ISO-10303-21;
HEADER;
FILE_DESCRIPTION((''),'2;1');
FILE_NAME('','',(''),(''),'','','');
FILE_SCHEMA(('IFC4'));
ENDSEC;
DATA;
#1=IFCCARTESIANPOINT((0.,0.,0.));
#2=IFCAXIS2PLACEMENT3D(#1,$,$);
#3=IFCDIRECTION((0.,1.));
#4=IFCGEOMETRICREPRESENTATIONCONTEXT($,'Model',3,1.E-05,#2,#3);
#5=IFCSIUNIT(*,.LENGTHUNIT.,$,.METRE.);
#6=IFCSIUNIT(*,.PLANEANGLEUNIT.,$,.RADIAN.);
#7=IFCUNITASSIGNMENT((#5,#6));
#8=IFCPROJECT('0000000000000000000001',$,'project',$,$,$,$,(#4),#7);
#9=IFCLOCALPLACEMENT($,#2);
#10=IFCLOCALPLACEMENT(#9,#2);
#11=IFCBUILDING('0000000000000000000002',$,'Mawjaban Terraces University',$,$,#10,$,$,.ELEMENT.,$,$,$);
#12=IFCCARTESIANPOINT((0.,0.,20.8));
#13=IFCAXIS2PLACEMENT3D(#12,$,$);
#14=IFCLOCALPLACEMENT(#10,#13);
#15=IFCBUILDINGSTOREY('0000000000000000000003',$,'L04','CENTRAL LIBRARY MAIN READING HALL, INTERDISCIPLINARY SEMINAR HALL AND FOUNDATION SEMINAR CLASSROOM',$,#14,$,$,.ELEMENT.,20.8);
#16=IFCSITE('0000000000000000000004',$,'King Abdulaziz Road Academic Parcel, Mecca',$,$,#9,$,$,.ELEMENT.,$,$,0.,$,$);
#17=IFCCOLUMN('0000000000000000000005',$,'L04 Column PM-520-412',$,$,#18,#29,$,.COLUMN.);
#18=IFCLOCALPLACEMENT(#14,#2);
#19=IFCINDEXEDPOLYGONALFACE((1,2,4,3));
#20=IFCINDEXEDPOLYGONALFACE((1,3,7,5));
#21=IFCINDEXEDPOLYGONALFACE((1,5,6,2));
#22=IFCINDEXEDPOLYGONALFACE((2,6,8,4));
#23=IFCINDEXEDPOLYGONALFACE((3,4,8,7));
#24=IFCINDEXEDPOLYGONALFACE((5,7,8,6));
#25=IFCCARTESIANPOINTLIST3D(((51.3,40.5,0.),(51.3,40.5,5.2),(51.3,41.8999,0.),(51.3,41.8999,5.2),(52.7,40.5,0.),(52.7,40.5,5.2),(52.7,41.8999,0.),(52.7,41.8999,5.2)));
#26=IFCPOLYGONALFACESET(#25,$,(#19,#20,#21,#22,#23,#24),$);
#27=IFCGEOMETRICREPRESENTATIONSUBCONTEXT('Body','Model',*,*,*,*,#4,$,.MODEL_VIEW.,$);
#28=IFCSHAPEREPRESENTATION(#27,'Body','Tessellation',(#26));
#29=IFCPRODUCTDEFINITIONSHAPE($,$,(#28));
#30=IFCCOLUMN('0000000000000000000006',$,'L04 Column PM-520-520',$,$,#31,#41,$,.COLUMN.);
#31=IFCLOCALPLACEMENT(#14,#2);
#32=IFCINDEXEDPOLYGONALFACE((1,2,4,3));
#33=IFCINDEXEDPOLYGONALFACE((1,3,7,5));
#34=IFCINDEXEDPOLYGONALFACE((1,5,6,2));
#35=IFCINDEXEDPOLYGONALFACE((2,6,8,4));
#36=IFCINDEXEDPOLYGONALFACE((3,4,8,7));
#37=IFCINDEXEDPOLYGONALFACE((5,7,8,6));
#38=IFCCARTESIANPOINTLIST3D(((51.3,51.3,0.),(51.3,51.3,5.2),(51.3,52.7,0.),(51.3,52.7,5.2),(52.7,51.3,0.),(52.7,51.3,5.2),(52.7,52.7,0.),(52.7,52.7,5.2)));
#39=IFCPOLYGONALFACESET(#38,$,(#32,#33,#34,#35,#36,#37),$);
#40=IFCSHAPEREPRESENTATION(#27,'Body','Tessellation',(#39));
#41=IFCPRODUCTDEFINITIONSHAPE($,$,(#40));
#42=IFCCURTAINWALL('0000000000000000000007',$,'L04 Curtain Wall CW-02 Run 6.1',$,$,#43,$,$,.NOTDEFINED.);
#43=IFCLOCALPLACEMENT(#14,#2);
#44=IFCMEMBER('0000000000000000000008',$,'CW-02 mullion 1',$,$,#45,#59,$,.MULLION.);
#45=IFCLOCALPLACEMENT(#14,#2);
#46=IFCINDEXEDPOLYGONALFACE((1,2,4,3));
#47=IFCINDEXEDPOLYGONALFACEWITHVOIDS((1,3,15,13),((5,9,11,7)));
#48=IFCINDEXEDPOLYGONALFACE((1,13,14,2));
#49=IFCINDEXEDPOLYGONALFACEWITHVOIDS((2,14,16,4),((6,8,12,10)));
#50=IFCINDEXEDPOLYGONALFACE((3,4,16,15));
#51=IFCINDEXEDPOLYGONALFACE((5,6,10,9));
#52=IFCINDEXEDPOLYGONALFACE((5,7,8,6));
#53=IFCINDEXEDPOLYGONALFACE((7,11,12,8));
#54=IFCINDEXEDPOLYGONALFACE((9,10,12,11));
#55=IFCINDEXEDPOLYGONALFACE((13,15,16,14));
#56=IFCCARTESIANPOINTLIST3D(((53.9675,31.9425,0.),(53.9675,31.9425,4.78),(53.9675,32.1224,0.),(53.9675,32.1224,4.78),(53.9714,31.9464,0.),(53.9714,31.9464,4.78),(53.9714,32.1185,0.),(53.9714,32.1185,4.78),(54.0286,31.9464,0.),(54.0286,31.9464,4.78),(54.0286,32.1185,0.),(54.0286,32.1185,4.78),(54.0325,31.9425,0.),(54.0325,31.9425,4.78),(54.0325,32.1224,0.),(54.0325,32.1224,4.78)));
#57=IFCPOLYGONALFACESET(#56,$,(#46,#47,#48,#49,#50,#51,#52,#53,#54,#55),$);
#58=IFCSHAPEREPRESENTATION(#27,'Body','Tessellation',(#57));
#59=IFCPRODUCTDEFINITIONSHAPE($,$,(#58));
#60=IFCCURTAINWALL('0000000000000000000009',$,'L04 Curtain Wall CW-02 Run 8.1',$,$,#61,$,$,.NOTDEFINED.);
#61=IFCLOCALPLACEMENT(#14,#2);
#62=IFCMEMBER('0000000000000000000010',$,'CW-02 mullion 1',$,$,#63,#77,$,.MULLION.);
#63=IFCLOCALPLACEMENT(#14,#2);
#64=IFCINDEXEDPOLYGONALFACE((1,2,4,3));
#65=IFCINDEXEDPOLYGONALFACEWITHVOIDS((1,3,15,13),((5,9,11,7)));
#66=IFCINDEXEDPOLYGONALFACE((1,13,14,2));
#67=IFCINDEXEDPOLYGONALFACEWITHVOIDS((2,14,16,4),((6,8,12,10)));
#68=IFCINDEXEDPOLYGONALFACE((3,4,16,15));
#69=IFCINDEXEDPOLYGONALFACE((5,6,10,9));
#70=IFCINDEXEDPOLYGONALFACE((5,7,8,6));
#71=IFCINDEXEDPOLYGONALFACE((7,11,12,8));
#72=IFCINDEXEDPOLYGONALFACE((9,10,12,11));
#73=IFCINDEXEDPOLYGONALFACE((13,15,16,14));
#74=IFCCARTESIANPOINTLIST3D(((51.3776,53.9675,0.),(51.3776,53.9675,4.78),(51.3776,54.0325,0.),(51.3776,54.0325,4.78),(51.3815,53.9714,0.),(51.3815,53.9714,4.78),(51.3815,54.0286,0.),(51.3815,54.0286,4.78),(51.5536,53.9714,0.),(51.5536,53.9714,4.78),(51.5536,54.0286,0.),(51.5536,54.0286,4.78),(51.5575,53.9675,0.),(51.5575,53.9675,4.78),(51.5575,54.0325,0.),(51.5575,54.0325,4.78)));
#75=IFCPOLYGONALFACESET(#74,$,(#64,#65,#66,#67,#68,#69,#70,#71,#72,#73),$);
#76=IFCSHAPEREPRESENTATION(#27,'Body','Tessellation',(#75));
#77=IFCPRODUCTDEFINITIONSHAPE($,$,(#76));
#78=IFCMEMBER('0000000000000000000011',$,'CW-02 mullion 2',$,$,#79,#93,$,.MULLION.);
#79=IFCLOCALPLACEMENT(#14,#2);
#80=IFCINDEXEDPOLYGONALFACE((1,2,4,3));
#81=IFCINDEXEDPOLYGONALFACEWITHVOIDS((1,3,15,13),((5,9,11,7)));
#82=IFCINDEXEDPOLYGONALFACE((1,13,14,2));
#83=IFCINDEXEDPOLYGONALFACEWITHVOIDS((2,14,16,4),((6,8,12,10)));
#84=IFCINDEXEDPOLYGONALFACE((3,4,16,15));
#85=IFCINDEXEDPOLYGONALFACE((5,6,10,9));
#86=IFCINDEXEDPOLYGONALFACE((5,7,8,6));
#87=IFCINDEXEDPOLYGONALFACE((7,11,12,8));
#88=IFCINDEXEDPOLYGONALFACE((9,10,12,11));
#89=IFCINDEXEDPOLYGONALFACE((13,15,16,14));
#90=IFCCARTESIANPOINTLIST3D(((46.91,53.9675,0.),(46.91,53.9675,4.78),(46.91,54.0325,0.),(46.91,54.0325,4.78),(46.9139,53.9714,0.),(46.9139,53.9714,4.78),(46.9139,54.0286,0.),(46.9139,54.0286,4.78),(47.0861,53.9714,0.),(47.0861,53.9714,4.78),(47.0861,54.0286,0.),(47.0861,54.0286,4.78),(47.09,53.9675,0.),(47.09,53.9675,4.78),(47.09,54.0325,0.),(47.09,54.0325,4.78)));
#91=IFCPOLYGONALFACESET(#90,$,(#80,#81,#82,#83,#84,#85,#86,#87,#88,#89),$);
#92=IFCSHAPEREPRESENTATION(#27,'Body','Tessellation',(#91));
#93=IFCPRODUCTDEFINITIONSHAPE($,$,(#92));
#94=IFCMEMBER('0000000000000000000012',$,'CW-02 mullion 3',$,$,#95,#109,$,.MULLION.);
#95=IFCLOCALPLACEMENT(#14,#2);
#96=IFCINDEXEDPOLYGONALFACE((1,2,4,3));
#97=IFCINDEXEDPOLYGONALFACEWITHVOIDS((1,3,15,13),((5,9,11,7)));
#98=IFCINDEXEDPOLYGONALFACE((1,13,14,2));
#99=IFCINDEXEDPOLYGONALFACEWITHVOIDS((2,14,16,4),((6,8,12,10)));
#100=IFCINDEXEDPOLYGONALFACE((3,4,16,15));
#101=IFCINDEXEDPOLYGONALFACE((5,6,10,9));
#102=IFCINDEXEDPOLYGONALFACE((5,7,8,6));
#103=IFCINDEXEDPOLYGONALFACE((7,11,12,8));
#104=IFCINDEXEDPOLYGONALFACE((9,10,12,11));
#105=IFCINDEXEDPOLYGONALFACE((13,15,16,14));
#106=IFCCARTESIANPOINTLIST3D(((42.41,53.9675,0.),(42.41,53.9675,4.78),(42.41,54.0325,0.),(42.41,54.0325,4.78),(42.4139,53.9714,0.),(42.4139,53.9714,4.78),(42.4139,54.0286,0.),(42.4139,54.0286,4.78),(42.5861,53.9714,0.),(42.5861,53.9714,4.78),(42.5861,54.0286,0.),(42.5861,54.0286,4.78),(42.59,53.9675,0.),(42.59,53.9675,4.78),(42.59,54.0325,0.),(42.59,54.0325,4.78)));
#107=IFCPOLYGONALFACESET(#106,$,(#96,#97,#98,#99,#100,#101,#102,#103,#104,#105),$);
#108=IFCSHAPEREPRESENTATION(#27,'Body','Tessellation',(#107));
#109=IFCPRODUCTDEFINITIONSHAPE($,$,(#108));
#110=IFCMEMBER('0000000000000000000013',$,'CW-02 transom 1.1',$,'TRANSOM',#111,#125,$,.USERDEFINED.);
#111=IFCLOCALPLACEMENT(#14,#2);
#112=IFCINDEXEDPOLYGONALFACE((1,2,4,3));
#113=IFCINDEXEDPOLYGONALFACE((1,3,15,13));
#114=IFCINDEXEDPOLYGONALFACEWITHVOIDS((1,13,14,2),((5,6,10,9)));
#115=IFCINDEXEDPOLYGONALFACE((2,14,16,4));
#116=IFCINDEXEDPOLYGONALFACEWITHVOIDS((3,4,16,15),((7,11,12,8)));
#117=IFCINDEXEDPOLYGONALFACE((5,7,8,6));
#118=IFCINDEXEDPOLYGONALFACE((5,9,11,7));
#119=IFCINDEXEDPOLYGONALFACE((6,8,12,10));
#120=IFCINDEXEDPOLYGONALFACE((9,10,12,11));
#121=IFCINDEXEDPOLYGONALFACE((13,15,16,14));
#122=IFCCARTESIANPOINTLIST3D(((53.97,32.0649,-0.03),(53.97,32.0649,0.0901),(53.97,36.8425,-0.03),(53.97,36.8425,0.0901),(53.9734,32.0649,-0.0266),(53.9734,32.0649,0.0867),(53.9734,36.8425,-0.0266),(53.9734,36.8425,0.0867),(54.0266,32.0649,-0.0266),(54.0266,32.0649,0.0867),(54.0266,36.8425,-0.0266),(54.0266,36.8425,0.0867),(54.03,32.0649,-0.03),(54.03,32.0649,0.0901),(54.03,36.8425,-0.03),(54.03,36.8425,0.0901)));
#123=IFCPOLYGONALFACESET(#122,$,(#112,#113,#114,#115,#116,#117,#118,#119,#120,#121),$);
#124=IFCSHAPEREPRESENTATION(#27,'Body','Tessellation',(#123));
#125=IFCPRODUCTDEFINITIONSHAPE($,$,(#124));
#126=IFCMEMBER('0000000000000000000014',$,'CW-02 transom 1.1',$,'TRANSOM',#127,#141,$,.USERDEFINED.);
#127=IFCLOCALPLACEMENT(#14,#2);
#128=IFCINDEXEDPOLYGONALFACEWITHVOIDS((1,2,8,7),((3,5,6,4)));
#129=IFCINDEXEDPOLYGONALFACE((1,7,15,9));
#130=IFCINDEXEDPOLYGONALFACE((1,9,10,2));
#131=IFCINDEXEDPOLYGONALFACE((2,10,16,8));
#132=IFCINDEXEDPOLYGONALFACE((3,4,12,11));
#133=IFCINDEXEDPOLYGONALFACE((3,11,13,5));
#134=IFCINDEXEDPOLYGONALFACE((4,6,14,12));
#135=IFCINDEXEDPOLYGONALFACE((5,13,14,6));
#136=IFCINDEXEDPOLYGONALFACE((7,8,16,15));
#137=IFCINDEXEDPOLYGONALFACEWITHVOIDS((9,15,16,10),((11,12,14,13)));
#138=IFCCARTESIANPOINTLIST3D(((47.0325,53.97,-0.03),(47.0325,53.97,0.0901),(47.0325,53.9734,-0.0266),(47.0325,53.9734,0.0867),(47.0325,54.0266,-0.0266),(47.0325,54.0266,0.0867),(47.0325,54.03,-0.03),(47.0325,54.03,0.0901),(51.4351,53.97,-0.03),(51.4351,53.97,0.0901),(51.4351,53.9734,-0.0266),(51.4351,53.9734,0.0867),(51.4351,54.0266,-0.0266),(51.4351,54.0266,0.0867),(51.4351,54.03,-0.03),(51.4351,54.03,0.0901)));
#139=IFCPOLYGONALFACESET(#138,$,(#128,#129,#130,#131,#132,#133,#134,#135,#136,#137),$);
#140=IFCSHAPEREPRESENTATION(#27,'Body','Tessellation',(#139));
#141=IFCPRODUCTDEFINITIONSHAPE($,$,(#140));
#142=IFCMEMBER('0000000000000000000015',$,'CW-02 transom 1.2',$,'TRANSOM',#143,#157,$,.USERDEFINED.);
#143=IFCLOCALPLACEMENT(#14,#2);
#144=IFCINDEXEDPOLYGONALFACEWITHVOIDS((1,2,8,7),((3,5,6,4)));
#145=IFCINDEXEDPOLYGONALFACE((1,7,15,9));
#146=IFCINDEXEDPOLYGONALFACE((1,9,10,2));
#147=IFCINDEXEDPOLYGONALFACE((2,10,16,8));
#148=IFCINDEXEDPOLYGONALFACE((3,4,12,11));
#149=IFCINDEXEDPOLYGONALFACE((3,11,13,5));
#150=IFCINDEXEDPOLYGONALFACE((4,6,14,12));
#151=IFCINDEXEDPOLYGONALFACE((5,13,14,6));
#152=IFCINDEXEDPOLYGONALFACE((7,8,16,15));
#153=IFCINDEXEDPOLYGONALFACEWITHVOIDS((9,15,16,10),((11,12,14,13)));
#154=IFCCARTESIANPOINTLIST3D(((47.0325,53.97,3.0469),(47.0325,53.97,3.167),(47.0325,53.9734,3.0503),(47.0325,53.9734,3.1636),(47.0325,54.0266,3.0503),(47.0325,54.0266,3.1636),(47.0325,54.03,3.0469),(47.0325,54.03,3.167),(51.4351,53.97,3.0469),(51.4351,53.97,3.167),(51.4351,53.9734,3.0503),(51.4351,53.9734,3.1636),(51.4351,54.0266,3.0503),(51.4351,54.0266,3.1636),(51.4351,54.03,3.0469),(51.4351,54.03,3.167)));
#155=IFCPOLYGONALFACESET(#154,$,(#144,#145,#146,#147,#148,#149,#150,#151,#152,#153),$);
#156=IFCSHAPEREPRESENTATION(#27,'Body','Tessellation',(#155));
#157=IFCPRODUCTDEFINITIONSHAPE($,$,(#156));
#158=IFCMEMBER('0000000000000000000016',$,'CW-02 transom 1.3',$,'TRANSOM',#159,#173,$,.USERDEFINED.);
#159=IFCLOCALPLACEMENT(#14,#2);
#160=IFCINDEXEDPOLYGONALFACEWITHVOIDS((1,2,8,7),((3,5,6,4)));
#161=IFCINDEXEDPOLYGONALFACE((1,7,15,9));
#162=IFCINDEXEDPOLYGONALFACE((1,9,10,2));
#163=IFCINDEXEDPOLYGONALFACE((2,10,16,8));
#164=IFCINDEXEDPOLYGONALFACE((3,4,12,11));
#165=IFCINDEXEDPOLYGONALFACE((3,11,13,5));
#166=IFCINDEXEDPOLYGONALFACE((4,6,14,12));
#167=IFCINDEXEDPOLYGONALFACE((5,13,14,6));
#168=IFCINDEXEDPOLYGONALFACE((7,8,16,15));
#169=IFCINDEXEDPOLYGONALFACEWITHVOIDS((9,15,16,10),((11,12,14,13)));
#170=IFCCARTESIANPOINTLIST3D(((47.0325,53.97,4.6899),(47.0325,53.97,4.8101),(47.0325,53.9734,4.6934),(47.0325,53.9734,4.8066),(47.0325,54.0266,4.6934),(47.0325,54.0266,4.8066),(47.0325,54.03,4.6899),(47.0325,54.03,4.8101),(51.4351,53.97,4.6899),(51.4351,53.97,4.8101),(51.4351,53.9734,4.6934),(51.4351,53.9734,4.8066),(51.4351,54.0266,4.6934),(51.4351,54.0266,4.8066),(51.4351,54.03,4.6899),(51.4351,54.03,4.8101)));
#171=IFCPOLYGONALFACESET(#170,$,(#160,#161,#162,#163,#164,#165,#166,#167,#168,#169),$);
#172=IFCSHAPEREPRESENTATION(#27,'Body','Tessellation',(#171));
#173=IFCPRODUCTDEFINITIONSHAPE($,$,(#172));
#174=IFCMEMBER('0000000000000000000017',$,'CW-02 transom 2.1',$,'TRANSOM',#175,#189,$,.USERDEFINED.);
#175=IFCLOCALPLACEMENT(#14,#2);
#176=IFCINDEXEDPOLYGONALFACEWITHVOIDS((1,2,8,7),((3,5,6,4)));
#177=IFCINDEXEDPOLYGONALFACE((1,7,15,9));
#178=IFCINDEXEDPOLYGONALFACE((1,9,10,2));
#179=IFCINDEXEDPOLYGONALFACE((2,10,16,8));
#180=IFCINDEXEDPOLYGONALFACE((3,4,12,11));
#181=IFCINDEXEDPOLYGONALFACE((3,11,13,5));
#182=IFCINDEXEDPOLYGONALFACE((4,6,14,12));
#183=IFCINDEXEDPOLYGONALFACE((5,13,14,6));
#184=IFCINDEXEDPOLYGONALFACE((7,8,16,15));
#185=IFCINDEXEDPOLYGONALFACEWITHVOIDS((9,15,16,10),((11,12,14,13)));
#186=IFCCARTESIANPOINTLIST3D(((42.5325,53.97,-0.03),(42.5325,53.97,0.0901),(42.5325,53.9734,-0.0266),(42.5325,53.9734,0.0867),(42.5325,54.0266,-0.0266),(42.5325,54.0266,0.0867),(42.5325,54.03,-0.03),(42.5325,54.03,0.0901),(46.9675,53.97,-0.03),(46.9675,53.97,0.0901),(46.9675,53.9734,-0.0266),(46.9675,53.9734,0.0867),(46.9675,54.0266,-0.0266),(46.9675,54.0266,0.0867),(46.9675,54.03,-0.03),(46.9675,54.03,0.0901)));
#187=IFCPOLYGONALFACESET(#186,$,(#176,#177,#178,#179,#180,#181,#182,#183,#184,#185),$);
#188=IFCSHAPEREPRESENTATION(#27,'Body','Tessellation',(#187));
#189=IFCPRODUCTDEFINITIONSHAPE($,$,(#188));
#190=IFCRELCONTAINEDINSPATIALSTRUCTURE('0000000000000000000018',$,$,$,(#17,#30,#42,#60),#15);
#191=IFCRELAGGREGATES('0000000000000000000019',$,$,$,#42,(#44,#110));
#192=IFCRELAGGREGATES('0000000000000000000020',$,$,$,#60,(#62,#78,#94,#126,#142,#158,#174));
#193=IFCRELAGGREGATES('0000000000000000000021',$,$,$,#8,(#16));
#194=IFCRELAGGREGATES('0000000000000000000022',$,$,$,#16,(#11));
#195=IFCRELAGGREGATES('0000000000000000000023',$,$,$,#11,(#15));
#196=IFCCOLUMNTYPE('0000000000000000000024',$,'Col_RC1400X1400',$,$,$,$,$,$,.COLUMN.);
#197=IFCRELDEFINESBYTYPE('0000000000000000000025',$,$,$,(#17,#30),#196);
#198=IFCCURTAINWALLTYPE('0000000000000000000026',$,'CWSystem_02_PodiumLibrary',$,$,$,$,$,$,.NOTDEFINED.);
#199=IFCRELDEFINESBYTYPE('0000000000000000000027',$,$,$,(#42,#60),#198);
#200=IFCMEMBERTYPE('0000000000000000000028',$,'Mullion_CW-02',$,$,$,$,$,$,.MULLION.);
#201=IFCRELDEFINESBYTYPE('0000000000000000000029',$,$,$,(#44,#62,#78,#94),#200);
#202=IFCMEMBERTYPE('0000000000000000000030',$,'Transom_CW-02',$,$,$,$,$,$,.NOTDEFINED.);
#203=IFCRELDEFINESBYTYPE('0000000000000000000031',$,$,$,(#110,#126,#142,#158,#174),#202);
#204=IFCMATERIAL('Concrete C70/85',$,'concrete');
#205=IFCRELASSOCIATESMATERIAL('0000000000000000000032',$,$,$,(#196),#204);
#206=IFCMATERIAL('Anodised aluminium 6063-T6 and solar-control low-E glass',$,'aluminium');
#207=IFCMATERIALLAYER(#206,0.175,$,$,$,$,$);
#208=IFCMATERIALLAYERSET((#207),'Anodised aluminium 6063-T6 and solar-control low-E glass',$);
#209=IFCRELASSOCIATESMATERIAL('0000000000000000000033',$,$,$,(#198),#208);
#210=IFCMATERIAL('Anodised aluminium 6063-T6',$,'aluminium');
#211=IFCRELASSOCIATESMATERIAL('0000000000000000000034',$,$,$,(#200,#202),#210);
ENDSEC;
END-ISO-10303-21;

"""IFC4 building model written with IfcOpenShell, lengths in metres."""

from ifc_helpers import new_model, si_unit, direction, frame, origin, origin_2d, place, context, subcontext, project, spatial, rectangle, hollow_rectangle, extrude, material, layer, layer_set, material_profile, profile_set, type_object, element, aggregate, save


model = new_model("IFC4")

# Units and contexts
model_context = context("Model", 3, precision=1e-05, world=origin(), true_north=direction((0.0, 1.0)))
body_context = subcontext(model_context, "Body", "Model", "MODEL_VIEW")
ifc_project = project(units=[si_unit("LENGTHUNIT", "METRE"), si_unit("PLANEANGLEUNIT", "RADIAN")], contexts=[model_context])

# Site, building, storey
site_placement = place(None, origin())
site = spatial("IfcSite", under=ifc_project, at=site_placement, Name="King Abdulaziz Road Academic Parcel, Mecca", CompositionType="ELEMENT", RefElevation=0.0)
building_placement = place(site_placement, origin())
building = spatial("IfcBuilding", under=site, at=building_placement, Name="Mawjaban Terraces University", CompositionType="ELEMENT")
storey_placement = place(building_placement, frame((0.0, 0.0, 20.8)))
storey = spatial("IfcBuildingStorey", under=building, at=storey_placement, Name="L04", Description="CENTRAL LIBRARY MAIN READING HALL, INTERDISCIPLINARY SEMINAR HALL AND FOUNDATION SEMINAR CLASSROOM", CompositionType="ELEMENT", Elevation=20.8)

# Columns
ifc_material_1 = material(Name="Concrete C70/85", Category="concrete")
ifc_material_profile_1 = material_profile(ifc_material_1, rectangle(XDim=1.3999, YDim=1.3999, at=origin_2d()), Name="RC1400X1400")
ifc_profile_set_1 = profile_set([ifc_material_profile_1], Name="Concrete C70/85")
column_type = type_object("IfcColumnType", Name="Col_RC1400X1400", PredefinedType="COLUMN", material=ifc_profile_set_1)
for number, where, z_axis, x_axis, name in (
    (1, (52.0, 41.2, 0.0), (0.0, 0.0, 1.0), (1.0, 0.0, 0.0), "L04 Column PM-520-412"),
    (2, (52.0, 52.0, 0.0), (0.0, 0.0, 1.0), (1.0, 0.0, 0.0), "L04 Column PM-520-520"),
):
    element("IfcColumn", number, at=place(storey_placement, frame(where, z_axis=z_axis, x_axis=x_axis)), inside=storey, type_object=column_type, Name=name, PredefinedType="COLUMN", context=body_context, shape_type="SweptSolid", body=[
        extrude(rectangle(XDim=1.3999, YDim=1.3999, at=origin_2d()), origin(), (0.0, 0.0, 1.0), 5.2),
    ])

# Curtain wall, member
ifc_material_2 = material(Name="Anodised aluminium 6063-T6 and solar-control low-E glass", Category="aluminium")
ifc_layer_1 = layer(ifc_material_2, 0.175)
ifc_layer_set_1 = layer_set([ifc_layer_1], Name="Anodised aluminium 6063-T6 and solar-control low-E glass")
curtain_wall_type = type_object("IfcCurtainWallType", Name="CWSystem_02_PodiumLibrary", PredefinedType="NOTDEFINED", material=ifc_layer_set_1)
curtain_wall_1_placement = place(storey_placement, origin())
curtain_wall_1 = element("IfcCurtainWall", 3, at=curtain_wall_1_placement, inside=storey, type_object=curtain_wall_type, Name="L04 Curtain Wall CW-02 Run 6.1", PredefinedType="NOTDEFINED")
ifc_material_3 = material(Name="Anodised aluminium 6063-T6", Category="aluminium")
ifc_material_profile_2 = material_profile(ifc_material_3, hollow_rectangle(XDim=0.0649, YDim=0.1799, WallThickness=0.0039, at=origin_2d()), Name="ALU180X65X4")
ifc_profile_set_2 = profile_set([ifc_material_profile_2], Name="Anodised aluminium 6063-T6")
member_type_1 = type_object("IfcMemberType", Name="Mullion_CW-02", PredefinedType="MULLION", material=ifc_profile_set_2)
member_1_placement = place(storey_placement, frame((54.0, 32.0325, 0.0), z_axis=(0.0, 0.0, 1.0), x_axis=(-1.0, 0.0, 0.0)))
member_1 = element("IfcMember", 4, at=member_1_placement, type_object=member_type_1, Name="CW-02 mullion 1", PredefinedType="MULLION", context=body_context, shape_type="SweptSolid", body=[
    extrude(hollow_rectangle(XDim=0.0649, YDim=0.1799, WallThickness=0.0039, at=origin_2d()), origin(), (0.0, 0.0, 1.0), 4.78),
])

# Curtain wall, members
curtain_wall_2_placement = place(storey_placement, origin())
curtain_wall_2 = element("IfcCurtainWall", 5, at=curtain_wall_2_placement, inside=storey, type_object=curtain_wall_type, Name="L04 Curtain Wall CW-02 Run 8.1", PredefinedType="NOTDEFINED")
member_2_placement = place(storey_placement, frame((51.4675, 54.0, 0.0), z_axis=(0.0, 0.0, 1.0), x_axis=(0.0, -1.0, 0.0)))
member_2 = element("IfcMember", 6, at=member_2_placement, type_object=member_type_1, Name="CW-02 mullion 1", PredefinedType="MULLION", context=body_context, shape_type="SweptSolid", body=[
    extrude(hollow_rectangle(XDim=0.0649, YDim=0.1799, WallThickness=0.0039, at=origin_2d()), origin(), (0.0, 0.0, 1.0), 4.78),
])
member_3_placement = place(storey_placement, frame((47.0, 54.0, 0.0), z_axis=(0.0, 0.0, 1.0), x_axis=(0.0, -1.0, 0.0)))
member_3 = element("IfcMember", 7, at=member_3_placement, type_object=member_type_1, Name="CW-02 mullion 2", PredefinedType="MULLION", context=body_context, shape_type="SweptSolid", body=[
    extrude(hollow_rectangle(XDim=0.0649, YDim=0.1799, WallThickness=0.0039, at=origin_2d()), origin(), (0.0, 0.0, 1.0), 4.78),
])
member_4_placement = place(storey_placement, frame((42.5, 54.0, 0.0), z_axis=(0.0, 0.0, 1.0), x_axis=(0.0, -1.0, 0.0)))
member_4 = element("IfcMember", 8, at=member_4_placement, type_object=member_type_1, Name="CW-02 mullion 3", PredefinedType="MULLION", context=body_context, shape_type="SweptSolid", body=[
    extrude(hollow_rectangle(XDim=0.0649, YDim=0.1799, WallThickness=0.0039, at=origin_2d()), origin(), (0.0, 0.0, 1.0), 4.78),
])

# Members
ifc_material_profile_3 = material_profile(ifc_material_3, hollow_rectangle(XDim=0.0601, YDim=0.1201, WallThickness=0.0034, at=origin_2d()), Name="ALU120X60X3.5")
ifc_profile_set_3 = profile_set([ifc_material_profile_3], Name="Anodised aluminium 6063-T6")
member_type_2 = type_object("IfcMemberType", Name="Transom_CW-02", PredefinedType="NOTDEFINED", material=ifc_profile_set_3)
member_5_placement = place(storey_placement, frame((54.0, 32.0649, 0.03), z_axis=(0.0, 1.0, 0.0), x_axis=(-1.0, 0.0, 0.0)))
member_5 = element("IfcMember", 9, at=member_5_placement, type_object=member_type_2, Name="CW-02 transom 1.1", ObjectType="TRANSOM", PredefinedType="USERDEFINED", context=body_context, shape_type="SweptSolid", body=[
    extrude(hollow_rectangle(XDim=0.0601, YDim=0.1201, WallThickness=0.0034, at=origin_2d()), origin(), (0.0, 0.0, 1.0), 4.7776),
])
aggregate(curtain_wall_1, [member_1, member_5])
member_6_placement = place(storey_placement, frame((51.4351, 54.0, 0.03), z_axis=(-1.0, 0.0, 0.0), x_axis=(0.0, -1.0, 0.0)))
member_6 = element("IfcMember", 10, at=member_6_placement, type_object=member_type_2, Name="CW-02 transom 1.1", ObjectType="TRANSOM", PredefinedType="USERDEFINED", context=body_context, shape_type="SweptSolid", body=[
    extrude(hollow_rectangle(XDim=0.0601, YDim=0.1201, WallThickness=0.0034, at=origin_2d()), origin(), (0.0, 0.0, 1.0), 4.4026),
])
member_7_placement = place(storey_placement, frame((51.4351, 54.0, 3.1069), z_axis=(-1.0, 0.0, 0.0), x_axis=(0.0, -1.0, 0.0)))
member_7 = element("IfcMember", 11, at=member_7_placement, type_object=member_type_2, Name="CW-02 transom 1.2", ObjectType="TRANSOM", PredefinedType="USERDEFINED", context=body_context, shape_type="SweptSolid", body=[
    extrude(hollow_rectangle(XDim=0.0601, YDim=0.1201, WallThickness=0.0034, at=origin_2d()), origin(), (0.0, 0.0, 1.0), 4.4026),
])
member_8_placement = place(storey_placement, frame((51.4351, 54.0, 4.75), z_axis=(-1.0, 0.0, 0.0), x_axis=(0.0, -1.0, 0.0)))
member_8 = element("IfcMember", 12, at=member_8_placement, type_object=member_type_2, Name="CW-02 transom 1.3", ObjectType="TRANSOM", PredefinedType="USERDEFINED", context=body_context, shape_type="SweptSolid", body=[
    extrude(hollow_rectangle(XDim=0.0601, YDim=0.1201, WallThickness=0.0034, at=origin_2d()), origin(), (0.0, 0.0, 1.0), 4.4026),
])
member_9_placement = place(storey_placement, frame((46.9675, 54.0, 0.03), z_axis=(-1.0, 0.0, 0.0), x_axis=(0.0, -1.0, 0.0)))
member_9 = element("IfcMember", 13, at=member_9_placement, type_object=member_type_2, Name="CW-02 transom 2.1", ObjectType="TRANSOM", PredefinedType="USERDEFINED", context=body_context, shape_type="SweptSolid", body=[
    extrude(hollow_rectangle(XDim=0.0601, YDim=0.1201, WallThickness=0.0034, at=origin_2d()), origin(), (0.0, 0.0, 1.0), 4.4351),
])

aggregate(curtain_wall_2, [member_2, member_3, member_4, member_6, member_7, member_8, member_9])

save(model, "model.ifc")
